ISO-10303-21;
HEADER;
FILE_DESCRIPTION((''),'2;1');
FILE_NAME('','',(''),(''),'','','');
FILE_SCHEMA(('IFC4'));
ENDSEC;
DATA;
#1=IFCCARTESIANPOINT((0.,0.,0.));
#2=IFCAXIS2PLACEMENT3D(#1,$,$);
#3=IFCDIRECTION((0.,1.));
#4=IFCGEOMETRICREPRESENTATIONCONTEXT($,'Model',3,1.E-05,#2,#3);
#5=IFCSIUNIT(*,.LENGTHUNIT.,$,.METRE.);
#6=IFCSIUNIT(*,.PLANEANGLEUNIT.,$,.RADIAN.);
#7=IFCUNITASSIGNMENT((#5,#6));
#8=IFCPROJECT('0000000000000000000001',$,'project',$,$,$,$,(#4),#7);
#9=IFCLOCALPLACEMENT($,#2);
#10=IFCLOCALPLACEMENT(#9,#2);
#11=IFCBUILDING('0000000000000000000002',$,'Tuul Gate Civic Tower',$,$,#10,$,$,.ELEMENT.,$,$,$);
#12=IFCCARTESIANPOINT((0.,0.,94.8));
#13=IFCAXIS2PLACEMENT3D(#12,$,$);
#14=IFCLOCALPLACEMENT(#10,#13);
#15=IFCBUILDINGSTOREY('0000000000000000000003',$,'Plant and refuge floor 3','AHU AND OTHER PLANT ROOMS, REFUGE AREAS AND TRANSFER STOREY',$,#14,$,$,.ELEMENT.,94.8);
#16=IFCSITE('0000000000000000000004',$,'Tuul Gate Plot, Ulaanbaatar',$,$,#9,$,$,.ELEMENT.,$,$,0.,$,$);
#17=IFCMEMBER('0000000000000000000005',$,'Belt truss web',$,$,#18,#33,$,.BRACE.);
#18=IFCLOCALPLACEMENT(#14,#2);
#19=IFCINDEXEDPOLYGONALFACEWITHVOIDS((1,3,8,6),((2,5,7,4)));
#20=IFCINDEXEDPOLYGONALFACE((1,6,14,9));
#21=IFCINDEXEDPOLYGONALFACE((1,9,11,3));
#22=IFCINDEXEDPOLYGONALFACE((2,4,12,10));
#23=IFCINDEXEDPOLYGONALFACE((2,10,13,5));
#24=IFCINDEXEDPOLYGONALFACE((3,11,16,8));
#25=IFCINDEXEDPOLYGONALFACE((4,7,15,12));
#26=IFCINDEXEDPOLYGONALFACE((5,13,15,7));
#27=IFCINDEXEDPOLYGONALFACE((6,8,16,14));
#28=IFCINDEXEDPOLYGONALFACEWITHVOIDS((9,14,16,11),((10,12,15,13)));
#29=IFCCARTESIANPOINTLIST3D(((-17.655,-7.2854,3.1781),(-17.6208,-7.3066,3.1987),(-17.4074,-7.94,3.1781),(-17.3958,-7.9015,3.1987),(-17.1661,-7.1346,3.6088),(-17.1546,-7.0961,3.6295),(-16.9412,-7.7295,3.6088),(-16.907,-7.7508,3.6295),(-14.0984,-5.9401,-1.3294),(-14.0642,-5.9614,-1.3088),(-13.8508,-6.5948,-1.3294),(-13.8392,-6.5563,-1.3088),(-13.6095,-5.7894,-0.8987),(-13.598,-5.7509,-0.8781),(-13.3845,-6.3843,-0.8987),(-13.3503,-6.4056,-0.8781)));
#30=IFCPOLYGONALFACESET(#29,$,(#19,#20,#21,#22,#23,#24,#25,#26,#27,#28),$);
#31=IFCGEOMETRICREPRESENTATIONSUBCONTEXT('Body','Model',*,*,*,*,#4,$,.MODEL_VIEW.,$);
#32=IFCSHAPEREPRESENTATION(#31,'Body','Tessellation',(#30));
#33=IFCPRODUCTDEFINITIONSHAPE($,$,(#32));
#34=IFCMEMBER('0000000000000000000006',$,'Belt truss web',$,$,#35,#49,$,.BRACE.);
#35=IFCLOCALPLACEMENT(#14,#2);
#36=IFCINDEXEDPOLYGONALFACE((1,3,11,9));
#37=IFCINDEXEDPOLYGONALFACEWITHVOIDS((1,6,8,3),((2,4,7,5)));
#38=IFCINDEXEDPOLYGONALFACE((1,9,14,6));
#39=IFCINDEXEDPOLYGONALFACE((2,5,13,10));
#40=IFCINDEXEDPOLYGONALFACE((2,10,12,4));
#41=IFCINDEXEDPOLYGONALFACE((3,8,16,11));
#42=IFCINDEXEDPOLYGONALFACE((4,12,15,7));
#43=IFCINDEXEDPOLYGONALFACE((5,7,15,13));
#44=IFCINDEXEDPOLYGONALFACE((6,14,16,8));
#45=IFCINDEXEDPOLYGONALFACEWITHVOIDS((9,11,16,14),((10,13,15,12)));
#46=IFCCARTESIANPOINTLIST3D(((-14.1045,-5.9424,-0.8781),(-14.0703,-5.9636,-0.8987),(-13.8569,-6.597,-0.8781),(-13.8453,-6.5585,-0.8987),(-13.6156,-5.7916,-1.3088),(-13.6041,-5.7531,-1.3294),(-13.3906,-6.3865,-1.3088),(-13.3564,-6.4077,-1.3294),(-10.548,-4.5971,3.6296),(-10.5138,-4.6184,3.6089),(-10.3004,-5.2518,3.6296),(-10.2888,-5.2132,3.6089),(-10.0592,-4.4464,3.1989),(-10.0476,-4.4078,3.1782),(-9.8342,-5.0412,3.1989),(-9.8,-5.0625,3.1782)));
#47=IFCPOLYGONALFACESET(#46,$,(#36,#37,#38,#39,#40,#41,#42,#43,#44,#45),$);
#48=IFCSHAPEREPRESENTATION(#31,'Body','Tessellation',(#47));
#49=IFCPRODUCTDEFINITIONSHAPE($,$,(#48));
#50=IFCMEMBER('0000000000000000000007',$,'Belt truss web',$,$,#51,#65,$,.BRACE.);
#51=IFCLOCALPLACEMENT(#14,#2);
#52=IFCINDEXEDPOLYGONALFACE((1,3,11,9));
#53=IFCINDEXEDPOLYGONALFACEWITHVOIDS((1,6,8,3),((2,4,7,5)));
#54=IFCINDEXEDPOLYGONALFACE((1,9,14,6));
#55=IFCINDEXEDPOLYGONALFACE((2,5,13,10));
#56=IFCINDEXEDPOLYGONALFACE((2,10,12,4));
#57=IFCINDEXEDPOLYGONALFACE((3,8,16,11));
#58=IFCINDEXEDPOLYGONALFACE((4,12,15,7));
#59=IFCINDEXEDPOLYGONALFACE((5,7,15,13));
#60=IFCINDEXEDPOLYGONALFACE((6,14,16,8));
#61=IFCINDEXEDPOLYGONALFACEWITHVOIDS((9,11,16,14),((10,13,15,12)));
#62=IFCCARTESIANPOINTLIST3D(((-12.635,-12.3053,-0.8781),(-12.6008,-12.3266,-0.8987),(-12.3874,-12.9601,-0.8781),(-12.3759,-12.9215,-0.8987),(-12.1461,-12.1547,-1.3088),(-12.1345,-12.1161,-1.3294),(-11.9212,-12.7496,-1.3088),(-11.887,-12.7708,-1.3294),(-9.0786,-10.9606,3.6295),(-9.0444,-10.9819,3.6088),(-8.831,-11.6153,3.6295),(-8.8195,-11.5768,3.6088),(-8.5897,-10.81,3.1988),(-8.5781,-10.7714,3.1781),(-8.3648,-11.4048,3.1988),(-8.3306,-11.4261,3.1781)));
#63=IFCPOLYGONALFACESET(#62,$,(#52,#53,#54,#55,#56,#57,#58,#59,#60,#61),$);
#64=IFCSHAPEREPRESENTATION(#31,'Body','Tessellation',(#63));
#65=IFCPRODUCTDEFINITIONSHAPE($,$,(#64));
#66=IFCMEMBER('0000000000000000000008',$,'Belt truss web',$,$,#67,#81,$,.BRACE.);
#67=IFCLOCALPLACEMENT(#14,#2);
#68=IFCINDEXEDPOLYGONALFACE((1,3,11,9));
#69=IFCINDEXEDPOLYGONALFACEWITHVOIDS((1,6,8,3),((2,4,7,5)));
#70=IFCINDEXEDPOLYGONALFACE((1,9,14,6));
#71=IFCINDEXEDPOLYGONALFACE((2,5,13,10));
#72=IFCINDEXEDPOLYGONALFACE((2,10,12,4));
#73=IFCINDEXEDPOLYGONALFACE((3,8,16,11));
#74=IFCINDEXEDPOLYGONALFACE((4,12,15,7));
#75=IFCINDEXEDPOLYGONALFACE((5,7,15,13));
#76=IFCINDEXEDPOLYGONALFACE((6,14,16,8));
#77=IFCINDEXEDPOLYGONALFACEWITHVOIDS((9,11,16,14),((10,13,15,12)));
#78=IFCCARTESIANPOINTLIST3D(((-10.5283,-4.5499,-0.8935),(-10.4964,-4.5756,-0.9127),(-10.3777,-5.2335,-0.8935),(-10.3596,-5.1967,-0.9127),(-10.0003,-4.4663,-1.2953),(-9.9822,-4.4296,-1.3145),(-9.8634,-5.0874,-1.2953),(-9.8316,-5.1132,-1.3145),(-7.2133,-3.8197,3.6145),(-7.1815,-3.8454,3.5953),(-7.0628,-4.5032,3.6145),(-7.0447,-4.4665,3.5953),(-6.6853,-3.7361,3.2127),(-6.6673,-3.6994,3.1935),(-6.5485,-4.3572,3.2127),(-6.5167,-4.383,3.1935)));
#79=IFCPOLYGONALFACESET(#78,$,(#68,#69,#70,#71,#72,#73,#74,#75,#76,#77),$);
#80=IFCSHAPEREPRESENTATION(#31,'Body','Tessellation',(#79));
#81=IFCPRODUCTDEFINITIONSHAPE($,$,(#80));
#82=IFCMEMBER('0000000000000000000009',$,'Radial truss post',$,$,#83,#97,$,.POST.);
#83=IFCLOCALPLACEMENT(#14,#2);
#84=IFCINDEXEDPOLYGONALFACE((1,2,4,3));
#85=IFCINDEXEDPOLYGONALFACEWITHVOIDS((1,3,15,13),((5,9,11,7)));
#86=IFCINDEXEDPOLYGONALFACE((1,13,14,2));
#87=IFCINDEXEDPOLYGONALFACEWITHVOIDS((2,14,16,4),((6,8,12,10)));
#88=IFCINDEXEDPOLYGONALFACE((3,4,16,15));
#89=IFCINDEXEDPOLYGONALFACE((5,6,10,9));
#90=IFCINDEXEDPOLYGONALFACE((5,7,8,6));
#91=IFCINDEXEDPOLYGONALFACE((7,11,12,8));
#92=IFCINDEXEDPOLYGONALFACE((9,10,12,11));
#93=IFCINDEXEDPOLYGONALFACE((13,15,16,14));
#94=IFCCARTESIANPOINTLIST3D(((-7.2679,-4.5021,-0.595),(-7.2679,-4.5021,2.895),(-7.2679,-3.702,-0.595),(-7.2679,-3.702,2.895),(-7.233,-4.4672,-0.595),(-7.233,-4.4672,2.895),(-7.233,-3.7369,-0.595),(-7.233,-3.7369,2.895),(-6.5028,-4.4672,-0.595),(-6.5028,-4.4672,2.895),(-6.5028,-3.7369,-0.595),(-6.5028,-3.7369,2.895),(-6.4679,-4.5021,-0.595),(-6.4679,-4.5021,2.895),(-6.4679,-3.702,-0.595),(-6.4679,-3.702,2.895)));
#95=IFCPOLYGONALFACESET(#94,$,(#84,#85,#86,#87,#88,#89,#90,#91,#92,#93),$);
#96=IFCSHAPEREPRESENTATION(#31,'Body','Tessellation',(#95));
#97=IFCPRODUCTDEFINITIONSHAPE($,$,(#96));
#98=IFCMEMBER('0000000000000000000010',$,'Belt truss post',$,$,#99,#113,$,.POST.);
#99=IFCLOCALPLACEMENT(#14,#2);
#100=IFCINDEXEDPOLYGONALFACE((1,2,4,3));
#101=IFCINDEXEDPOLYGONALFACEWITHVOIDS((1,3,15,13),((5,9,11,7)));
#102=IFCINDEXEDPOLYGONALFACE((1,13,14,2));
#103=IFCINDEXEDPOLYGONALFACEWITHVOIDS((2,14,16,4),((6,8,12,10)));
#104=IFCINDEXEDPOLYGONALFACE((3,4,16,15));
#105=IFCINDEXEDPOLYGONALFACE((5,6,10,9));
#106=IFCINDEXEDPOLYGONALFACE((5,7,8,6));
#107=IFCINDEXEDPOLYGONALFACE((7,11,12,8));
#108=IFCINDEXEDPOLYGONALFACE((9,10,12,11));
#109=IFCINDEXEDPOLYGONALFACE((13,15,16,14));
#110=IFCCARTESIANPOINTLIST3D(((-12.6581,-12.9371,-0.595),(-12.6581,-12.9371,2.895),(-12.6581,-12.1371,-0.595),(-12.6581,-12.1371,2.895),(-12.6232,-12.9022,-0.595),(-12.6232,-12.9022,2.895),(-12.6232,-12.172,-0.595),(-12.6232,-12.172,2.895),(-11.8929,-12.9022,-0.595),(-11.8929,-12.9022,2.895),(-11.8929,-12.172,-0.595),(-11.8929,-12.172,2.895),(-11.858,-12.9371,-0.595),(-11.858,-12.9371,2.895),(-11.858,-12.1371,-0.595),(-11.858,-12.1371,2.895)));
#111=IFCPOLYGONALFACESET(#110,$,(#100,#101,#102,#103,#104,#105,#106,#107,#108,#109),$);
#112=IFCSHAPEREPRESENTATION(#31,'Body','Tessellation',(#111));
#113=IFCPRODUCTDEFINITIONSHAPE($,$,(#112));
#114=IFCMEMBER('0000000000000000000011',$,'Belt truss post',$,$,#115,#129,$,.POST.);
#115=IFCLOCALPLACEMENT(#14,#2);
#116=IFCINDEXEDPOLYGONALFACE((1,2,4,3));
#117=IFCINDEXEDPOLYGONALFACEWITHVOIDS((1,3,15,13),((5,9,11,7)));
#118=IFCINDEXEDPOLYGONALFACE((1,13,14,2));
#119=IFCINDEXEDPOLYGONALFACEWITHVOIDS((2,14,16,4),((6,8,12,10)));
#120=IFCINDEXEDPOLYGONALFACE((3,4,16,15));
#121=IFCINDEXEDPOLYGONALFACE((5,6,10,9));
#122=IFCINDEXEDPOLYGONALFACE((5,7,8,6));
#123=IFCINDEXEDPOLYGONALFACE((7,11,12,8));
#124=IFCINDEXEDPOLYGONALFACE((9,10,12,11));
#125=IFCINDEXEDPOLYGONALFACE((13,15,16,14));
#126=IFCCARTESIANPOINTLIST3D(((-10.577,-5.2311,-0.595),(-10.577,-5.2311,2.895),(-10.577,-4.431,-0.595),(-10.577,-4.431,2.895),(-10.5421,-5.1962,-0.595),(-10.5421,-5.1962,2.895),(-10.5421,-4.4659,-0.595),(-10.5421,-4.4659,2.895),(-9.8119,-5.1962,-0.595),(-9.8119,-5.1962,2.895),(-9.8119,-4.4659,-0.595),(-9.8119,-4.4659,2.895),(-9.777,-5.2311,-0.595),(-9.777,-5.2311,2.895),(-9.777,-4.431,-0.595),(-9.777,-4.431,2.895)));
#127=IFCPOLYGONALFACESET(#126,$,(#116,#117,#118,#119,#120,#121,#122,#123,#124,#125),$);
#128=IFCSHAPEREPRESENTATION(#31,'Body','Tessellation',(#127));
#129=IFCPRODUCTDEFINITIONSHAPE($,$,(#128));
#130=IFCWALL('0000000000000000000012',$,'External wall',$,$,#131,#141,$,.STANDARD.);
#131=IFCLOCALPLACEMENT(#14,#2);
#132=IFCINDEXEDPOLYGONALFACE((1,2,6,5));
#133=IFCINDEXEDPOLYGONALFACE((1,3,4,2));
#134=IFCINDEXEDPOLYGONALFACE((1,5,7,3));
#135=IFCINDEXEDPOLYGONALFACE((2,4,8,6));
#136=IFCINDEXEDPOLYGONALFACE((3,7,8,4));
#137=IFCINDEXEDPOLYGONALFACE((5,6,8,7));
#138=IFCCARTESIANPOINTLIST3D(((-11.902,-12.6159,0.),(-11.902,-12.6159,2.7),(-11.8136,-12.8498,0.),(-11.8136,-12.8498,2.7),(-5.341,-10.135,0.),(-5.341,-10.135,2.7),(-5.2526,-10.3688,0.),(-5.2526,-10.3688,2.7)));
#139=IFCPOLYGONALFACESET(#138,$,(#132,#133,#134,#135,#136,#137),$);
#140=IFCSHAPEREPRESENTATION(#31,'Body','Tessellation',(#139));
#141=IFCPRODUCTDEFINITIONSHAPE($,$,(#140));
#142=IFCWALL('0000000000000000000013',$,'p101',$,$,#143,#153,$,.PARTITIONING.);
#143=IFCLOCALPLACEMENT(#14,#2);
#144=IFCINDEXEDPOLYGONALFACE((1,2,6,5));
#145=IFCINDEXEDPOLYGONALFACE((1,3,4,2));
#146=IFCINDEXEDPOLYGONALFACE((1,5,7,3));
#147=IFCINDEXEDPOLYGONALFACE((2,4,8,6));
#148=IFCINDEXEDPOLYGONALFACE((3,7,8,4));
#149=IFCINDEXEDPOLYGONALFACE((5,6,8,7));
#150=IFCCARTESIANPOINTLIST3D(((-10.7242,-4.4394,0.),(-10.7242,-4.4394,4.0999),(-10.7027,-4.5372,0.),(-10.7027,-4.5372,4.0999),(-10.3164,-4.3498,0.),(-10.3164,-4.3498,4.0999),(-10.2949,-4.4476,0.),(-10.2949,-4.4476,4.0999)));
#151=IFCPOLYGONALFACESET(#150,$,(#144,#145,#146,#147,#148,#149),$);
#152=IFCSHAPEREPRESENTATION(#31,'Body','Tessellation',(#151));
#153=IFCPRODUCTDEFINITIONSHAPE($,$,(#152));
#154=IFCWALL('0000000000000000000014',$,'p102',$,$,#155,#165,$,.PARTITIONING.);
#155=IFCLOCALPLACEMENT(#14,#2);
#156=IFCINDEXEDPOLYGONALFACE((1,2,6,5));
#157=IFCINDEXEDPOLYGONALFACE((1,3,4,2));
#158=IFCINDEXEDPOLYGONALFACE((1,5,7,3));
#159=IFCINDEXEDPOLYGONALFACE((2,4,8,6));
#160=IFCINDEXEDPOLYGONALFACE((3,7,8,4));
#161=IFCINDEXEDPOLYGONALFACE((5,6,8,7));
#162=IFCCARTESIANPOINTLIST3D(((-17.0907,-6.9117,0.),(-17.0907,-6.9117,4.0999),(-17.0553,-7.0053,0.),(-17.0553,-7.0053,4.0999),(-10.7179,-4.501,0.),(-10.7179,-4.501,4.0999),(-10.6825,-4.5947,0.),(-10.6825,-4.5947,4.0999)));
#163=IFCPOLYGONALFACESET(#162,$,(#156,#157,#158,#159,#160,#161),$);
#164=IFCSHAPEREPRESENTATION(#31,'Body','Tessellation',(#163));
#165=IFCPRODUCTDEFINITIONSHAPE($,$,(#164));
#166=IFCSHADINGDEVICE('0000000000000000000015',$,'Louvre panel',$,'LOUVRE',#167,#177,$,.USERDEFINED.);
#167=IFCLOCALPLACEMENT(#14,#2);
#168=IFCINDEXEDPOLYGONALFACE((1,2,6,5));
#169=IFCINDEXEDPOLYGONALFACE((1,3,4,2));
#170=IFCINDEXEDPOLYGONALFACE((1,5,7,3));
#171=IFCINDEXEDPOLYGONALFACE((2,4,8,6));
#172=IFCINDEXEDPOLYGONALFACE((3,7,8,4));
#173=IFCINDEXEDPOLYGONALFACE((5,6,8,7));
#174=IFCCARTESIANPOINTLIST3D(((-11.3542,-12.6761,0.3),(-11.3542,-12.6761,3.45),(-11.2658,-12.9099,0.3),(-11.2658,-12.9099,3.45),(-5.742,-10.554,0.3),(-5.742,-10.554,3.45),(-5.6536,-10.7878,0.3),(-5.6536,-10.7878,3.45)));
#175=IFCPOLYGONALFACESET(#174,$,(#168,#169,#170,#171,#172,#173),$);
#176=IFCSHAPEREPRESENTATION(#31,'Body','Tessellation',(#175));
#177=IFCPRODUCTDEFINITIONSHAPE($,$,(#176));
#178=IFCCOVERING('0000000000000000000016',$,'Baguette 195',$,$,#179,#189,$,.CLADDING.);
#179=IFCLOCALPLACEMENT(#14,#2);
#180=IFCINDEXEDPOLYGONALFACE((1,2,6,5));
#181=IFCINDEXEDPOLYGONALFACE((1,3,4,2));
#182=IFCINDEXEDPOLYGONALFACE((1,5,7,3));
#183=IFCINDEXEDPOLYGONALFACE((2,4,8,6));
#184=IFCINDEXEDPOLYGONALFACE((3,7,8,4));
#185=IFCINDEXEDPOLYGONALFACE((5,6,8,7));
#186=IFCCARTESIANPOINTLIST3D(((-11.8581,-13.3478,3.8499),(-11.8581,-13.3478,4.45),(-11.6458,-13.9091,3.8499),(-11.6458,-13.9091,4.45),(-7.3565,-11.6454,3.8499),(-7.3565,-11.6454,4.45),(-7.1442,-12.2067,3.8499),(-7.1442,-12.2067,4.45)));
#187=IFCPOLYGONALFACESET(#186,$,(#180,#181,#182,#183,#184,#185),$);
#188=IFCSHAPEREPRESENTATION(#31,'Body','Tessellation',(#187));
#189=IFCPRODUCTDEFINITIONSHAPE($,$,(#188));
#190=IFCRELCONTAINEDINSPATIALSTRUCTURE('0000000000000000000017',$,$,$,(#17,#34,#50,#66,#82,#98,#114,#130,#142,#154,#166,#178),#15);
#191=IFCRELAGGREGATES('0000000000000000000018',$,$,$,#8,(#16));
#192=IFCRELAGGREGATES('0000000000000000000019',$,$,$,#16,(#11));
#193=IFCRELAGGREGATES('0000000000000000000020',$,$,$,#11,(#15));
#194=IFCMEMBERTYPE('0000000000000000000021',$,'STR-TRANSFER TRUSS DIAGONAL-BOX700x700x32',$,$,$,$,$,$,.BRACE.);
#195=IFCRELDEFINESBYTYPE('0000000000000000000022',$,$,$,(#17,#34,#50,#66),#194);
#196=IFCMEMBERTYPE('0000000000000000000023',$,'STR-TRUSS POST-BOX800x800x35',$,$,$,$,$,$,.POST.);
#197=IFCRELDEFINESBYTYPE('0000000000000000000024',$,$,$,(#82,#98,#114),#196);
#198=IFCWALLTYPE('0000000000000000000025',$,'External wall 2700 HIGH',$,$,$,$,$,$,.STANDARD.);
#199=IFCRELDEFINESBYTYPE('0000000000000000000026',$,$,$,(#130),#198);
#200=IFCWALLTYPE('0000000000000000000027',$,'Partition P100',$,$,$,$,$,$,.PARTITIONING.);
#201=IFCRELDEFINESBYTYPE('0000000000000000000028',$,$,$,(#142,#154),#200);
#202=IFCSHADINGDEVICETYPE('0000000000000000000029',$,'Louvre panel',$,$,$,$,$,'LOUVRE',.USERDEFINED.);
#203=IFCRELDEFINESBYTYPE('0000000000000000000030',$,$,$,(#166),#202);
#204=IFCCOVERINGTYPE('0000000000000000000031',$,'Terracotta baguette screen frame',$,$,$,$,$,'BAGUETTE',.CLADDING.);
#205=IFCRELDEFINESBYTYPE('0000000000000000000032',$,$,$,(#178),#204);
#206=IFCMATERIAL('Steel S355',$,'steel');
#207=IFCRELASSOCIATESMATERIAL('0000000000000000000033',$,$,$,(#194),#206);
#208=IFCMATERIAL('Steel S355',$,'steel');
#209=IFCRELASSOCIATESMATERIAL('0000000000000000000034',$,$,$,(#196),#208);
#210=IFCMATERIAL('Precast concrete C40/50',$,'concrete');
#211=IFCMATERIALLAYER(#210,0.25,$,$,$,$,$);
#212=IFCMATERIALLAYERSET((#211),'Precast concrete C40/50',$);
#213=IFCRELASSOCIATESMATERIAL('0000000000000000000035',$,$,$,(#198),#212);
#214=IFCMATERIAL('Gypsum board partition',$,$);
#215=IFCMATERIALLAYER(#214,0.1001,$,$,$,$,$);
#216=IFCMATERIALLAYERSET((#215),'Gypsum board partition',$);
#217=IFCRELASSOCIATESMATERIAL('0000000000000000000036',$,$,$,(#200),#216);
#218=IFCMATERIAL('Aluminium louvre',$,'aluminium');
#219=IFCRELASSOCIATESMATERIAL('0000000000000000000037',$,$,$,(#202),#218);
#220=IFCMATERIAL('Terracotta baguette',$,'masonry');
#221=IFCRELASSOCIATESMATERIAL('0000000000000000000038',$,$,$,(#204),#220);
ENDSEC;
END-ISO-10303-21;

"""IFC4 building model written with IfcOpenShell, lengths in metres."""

from ifc_helpers import new_model, si_unit, direction, frame, frame_2d, origin, origin_2d, place, context, subcontext, project, spatial, rectangle, hollow_rectangle, extrude, material, layer, layer_set, material_profile, profile_set, type_object, element, save


model = new_model("IFC4")

# Units and contexts
model_context = context("Model", 3, precision=1e-05, world=origin(), true_north=direction((0.0, 1.0)))
body_context = subcontext(model_context, "Body", "Model", "MODEL_VIEW")
ifc_project = project(units=[si_unit("LENGTHUNIT", "METRE"), si_unit("PLANEANGLEUNIT", "RADIAN")], contexts=[model_context])

# Site, building, storey
site_placement = place(None, origin())
site = spatial("IfcSite", under=ifc_project, at=site_placement, Name="Tuul Gate Plot, Ulaanbaatar", CompositionType="ELEMENT", RefElevation=0.0)
building_placement = place(site_placement, origin())
building = spatial("IfcBuilding", under=site, at=building_placement, Name="Tuul Gate Civic Tower", CompositionType="ELEMENT")
storey_placement = place(building_placement, frame((0.0, 0.0, 94.8)))
storey = spatial("IfcBuildingStorey", under=building, at=storey_placement, Name="Plant and refuge floor 3", Description="AHU AND OTHER PLANT ROOMS, REFUGE AREAS AND TRANSFER STOREY", CompositionType="ELEMENT", Elevation=94.8)

# Members
ifc_material_1 = material(Name="Steel S355", Category="steel")
ifc_material_profile_1 = material_profile(ifc_material_1, hollow_rectangle(XDim=0.7, YDim=0.7, WallThickness=0.032, at=origin_2d()), Name="BOX700x700x32")
ifc_profile_set_1 = profile_set([ifc_material_profile_1], Name="Steel S355")
member_type_1 = type_object("IfcMemberType", Name="STR-TRANSFER TRUSS DIAGONAL-BOX700x700x32", PredefinedType="BRACE", material=ifc_profile_set_1)
for number, where, z_axis, x_axis, name in (
    (1, (-13.7244, -6.1729, -1.1038), (-0.603102, -0.228109, 0.764352), (0.353768, -0.935333, 0.0), "Belt truss web"),
    (2, (-13.7305, -6.175, -1.1038), (0.603076, 0.228115, 0.764371), (-0.353789, 0.935325, 0.0), "Belt truss web"),
):
    element("IfcMember", number, at=place(storey_placement, frame(where, z_axis=z_axis, x_axis=x_axis)), inside=storey, type_object=member_type_1, Name=name, PredefinedType="BRACE", context=body_context, shape_type="SweptSolid", body=[
        extrude(hollow_rectangle(XDim=0.7, YDim=0.7, WallThickness=0.032, at=origin_2d()), origin(), (0.0, 0.0, 1.0), 5.8972),
    ])
member_1_placement = place(storey_placement, frame((-12.261, -12.5381, -1.1038), z_axis=(0.603087, 0.228036, 0.764385), x_axis=(-0.353677, 0.935368, 0.0)))
element("IfcMember", 3, at=member_1_placement, inside=storey, type_object=member_type_1, Name="Belt truss web", PredefinedType="BRACE", context=body_context, shape_type="SweptSolid", body=[
    extrude(hollow_rectangle(XDim=0.7, YDim=0.7, WallThickness=0.032, at=origin_2d()), origin(), (0.0, 0.0, 1.0), 5.897),
])
member_2_placement = place(storey_placement, frame((-10.1799, -4.8315, -1.104), z_axis=(0.587432, 0.129401, 0.798861), x_axis=(-0.215125, 0.976586, 0.0)))
element("IfcMember", 4, at=member_2_placement, inside=storey, type_object=member_type_1, Name="Belt truss web", PredefinedType="BRACE", context=body_context, shape_type="SweptSolid", body=[
    extrude(hollow_rectangle(XDim=0.7, YDim=0.7, WallThickness=0.032, at=origin_2d()), origin(), (0.0, 0.0, 1.0), 5.6431),
])
ifc_material_2 = material(Name="Steel S355", Category="steel")
ifc_material_profile_2 = material_profile(ifc_material_2, hollow_rectangle(XDim=0.8, YDim=0.8, WallThickness=0.0349, at=origin_2d()), Name="BOX800x800x35")
ifc_profile_set_2 = profile_set([ifc_material_profile_2], Name="Steel S355")
member_type_2 = type_object("IfcMemberType", Name="STR-TRUSS POST-BOX800x800x35", PredefinedType="POST", material=ifc_profile_set_2)
for number, where, z_axis, x_axis, name in (
    (5, (-6.8679, -4.1021, -0.595), (0.0, 0.0, 1.0), (1.0, 0.0, 0.0), "Radial truss post"),
    (6, (-12.2581, -12.5371, -0.595), (0.0, 0.0, 1.0), (1.0, 0.0, 0.0), "Belt truss post"),
    (7, (-10.177, -4.8311, -0.595), (0.0, 0.0, 1.0), (1.0, 0.0, 0.0), "Belt truss post"),
):
    element("IfcMember", number, at=place(storey_placement, frame(where, z_axis=z_axis, x_axis=x_axis)), inside=storey, type_object=member_type_2, Name=name, PredefinedType="POST", context=body_context, shape_type="SweptSolid", body=[
        extrude(hollow_rectangle(XDim=0.8, YDim=0.8, WallThickness=0.0349, at=origin_2d()), origin(), (0.0, 0.0, 1.0), 3.49),
    ])

# Walls
ifc_material_3 = material(Name="Precast concrete C40/50", Category="concrete")
ifc_layer_1 = layer(ifc_material_3, 0.25)
ifc_layer_set_1 = layer_set([ifc_layer_1], Name="Precast concrete C40/50")
wall_type_1 = type_object("IfcWallType", Name="External wall 2700 HIGH", PredefinedType="STANDARD", material=ifc_layer_set_1)
wall_1_placement = place(storey_placement, frame((-11.8579, -12.7329, 0.0), z_axis=(0.0, 0.0, 1.0), x_axis=(0.935362, 0.353693, 0.0)))
element("IfcWall", 8, at=wall_1_placement, inside=storey, type_object=wall_type_1, Name="External wall", PredefinedType="STANDARD", context=body_context, shape_type="SweptSolid", body=[
    extrude(rectangle(XDim=7.0144, YDim=0.25, at=frame_2d((3.5073, 0.0))), origin(), (0.0, 0.0, 1.0), 2.7),
])
ifc_material_4 = material(Name="Gypsum board partition")
ifc_layer_2 = layer(ifc_material_4, 0.1001)
ifc_layer_set_2 = layer_set([ifc_layer_2], Name="Gypsum board partition")
wall_type_2 = type_object("IfcWallType", Name="Partition P100", PredefinedType="PARTITIONING", material=ifc_layer_set_2)
wall_2_placement = place(storey_placement, frame((-10.3057, -4.3987, 0.0), z_axis=(0.0, 0.0, 1.0), x_axis=(-0.976694, -0.214639, 0.0)))
element("IfcWall", 9, at=wall_2_placement, inside=storey, type_object=wall_type_2, Name="p101", PredefinedType="PARTITIONING", context=body_context, shape_type="SweptSolid", body=[
    extrude(rectangle(XDim=0.4175, YDim=0.1001, at=frame_2d((0.2087, 0.0))), origin(), (0.0, 0.0, 1.0), 4.0999),
])
wall_3_placement = place(storey_placement, frame((-10.7002, -4.5479, 0.0), z_axis=(0.0, 0.0, 1.0), x_axis=(-0.93532, -0.353804, 0.0)))
element("IfcWall", 10, at=wall_3_placement, inside=storey, type_object=wall_type_2, Name="p102", PredefinedType="PARTITIONING", context=body_context, shape_type="SweptSolid", body=[
    extrude(rectangle(XDim=6.8135, YDim=0.1001, at=frame_2d((3.4067, 0.0))), origin(), (0.0, 0.0, 1.0), 4.0999),
])

# Shading device
ifc_material_5 = material(Name="Aluminium louvre", Category="aluminium")
shading_device_type = type_object("IfcShadingDeviceType", Name="Louvre panel", ElementType="LOUVRE", PredefinedType="USERDEFINED", material=ifc_material_5)
shading_device_placement = place(storey_placement, frame((-8.5039, -11.7319, 0.3), z_axis=(0.0, 0.0, 1.0), x_axis=(0.353685, -0.935365, 0.0)))
element("IfcShadingDevice", 11, at=shading_device_placement, inside=storey, type_object=shading_device_type, Name="Louvre panel", ObjectType="LOUVRE", PredefinedType="USERDEFINED", context=body_context, shape_type="SweptSolid", body=[
    extrude(rectangle(XDim=0.25, YDim=6.0, at=origin_2d()), origin(), (0.0, 0.0, 1.0), 3.1499),
])

# Covering
ifc_material_6 = material(Name="Terracotta baguette", Category="masonry")
ifc_material_profile_3 = material_profile(ifc_material_6, rectangle(XDim=0.6001, YDim=0.6001, at=origin_2d()), Name="Terracotta baguette screen frame")
ifc_profile_set_3 = profile_set([ifc_material_profile_3], Name="Terracotta baguette")
covering_type = type_object("IfcCoveringType", Name="Terracotta baguette screen frame", ElementType="BAGUETTE", PredefinedType="CLADDING", material=ifc_profile_set_3)
covering_1_placement = place(storey_placement, frame((-11.752, -13.6284, 4.1499), z_axis=(0.935352, 0.353718, 0.0), x_axis=(-0.353718, 0.935352, 0.0)))
element("IfcCovering", 12, at=covering_1_placement, inside=storey, type_object=covering_type, Name="Baguette 195", PredefinedType="CLADDING", context=body_context, shape_type="SweptSolid", body=[
    extrude(rectangle(XDim=0.6001, YDim=0.6001, at=origin_2d()), origin(), (0.0, 0.0, 1.0), 4.8127),
])

save(model, "model.ifc")
